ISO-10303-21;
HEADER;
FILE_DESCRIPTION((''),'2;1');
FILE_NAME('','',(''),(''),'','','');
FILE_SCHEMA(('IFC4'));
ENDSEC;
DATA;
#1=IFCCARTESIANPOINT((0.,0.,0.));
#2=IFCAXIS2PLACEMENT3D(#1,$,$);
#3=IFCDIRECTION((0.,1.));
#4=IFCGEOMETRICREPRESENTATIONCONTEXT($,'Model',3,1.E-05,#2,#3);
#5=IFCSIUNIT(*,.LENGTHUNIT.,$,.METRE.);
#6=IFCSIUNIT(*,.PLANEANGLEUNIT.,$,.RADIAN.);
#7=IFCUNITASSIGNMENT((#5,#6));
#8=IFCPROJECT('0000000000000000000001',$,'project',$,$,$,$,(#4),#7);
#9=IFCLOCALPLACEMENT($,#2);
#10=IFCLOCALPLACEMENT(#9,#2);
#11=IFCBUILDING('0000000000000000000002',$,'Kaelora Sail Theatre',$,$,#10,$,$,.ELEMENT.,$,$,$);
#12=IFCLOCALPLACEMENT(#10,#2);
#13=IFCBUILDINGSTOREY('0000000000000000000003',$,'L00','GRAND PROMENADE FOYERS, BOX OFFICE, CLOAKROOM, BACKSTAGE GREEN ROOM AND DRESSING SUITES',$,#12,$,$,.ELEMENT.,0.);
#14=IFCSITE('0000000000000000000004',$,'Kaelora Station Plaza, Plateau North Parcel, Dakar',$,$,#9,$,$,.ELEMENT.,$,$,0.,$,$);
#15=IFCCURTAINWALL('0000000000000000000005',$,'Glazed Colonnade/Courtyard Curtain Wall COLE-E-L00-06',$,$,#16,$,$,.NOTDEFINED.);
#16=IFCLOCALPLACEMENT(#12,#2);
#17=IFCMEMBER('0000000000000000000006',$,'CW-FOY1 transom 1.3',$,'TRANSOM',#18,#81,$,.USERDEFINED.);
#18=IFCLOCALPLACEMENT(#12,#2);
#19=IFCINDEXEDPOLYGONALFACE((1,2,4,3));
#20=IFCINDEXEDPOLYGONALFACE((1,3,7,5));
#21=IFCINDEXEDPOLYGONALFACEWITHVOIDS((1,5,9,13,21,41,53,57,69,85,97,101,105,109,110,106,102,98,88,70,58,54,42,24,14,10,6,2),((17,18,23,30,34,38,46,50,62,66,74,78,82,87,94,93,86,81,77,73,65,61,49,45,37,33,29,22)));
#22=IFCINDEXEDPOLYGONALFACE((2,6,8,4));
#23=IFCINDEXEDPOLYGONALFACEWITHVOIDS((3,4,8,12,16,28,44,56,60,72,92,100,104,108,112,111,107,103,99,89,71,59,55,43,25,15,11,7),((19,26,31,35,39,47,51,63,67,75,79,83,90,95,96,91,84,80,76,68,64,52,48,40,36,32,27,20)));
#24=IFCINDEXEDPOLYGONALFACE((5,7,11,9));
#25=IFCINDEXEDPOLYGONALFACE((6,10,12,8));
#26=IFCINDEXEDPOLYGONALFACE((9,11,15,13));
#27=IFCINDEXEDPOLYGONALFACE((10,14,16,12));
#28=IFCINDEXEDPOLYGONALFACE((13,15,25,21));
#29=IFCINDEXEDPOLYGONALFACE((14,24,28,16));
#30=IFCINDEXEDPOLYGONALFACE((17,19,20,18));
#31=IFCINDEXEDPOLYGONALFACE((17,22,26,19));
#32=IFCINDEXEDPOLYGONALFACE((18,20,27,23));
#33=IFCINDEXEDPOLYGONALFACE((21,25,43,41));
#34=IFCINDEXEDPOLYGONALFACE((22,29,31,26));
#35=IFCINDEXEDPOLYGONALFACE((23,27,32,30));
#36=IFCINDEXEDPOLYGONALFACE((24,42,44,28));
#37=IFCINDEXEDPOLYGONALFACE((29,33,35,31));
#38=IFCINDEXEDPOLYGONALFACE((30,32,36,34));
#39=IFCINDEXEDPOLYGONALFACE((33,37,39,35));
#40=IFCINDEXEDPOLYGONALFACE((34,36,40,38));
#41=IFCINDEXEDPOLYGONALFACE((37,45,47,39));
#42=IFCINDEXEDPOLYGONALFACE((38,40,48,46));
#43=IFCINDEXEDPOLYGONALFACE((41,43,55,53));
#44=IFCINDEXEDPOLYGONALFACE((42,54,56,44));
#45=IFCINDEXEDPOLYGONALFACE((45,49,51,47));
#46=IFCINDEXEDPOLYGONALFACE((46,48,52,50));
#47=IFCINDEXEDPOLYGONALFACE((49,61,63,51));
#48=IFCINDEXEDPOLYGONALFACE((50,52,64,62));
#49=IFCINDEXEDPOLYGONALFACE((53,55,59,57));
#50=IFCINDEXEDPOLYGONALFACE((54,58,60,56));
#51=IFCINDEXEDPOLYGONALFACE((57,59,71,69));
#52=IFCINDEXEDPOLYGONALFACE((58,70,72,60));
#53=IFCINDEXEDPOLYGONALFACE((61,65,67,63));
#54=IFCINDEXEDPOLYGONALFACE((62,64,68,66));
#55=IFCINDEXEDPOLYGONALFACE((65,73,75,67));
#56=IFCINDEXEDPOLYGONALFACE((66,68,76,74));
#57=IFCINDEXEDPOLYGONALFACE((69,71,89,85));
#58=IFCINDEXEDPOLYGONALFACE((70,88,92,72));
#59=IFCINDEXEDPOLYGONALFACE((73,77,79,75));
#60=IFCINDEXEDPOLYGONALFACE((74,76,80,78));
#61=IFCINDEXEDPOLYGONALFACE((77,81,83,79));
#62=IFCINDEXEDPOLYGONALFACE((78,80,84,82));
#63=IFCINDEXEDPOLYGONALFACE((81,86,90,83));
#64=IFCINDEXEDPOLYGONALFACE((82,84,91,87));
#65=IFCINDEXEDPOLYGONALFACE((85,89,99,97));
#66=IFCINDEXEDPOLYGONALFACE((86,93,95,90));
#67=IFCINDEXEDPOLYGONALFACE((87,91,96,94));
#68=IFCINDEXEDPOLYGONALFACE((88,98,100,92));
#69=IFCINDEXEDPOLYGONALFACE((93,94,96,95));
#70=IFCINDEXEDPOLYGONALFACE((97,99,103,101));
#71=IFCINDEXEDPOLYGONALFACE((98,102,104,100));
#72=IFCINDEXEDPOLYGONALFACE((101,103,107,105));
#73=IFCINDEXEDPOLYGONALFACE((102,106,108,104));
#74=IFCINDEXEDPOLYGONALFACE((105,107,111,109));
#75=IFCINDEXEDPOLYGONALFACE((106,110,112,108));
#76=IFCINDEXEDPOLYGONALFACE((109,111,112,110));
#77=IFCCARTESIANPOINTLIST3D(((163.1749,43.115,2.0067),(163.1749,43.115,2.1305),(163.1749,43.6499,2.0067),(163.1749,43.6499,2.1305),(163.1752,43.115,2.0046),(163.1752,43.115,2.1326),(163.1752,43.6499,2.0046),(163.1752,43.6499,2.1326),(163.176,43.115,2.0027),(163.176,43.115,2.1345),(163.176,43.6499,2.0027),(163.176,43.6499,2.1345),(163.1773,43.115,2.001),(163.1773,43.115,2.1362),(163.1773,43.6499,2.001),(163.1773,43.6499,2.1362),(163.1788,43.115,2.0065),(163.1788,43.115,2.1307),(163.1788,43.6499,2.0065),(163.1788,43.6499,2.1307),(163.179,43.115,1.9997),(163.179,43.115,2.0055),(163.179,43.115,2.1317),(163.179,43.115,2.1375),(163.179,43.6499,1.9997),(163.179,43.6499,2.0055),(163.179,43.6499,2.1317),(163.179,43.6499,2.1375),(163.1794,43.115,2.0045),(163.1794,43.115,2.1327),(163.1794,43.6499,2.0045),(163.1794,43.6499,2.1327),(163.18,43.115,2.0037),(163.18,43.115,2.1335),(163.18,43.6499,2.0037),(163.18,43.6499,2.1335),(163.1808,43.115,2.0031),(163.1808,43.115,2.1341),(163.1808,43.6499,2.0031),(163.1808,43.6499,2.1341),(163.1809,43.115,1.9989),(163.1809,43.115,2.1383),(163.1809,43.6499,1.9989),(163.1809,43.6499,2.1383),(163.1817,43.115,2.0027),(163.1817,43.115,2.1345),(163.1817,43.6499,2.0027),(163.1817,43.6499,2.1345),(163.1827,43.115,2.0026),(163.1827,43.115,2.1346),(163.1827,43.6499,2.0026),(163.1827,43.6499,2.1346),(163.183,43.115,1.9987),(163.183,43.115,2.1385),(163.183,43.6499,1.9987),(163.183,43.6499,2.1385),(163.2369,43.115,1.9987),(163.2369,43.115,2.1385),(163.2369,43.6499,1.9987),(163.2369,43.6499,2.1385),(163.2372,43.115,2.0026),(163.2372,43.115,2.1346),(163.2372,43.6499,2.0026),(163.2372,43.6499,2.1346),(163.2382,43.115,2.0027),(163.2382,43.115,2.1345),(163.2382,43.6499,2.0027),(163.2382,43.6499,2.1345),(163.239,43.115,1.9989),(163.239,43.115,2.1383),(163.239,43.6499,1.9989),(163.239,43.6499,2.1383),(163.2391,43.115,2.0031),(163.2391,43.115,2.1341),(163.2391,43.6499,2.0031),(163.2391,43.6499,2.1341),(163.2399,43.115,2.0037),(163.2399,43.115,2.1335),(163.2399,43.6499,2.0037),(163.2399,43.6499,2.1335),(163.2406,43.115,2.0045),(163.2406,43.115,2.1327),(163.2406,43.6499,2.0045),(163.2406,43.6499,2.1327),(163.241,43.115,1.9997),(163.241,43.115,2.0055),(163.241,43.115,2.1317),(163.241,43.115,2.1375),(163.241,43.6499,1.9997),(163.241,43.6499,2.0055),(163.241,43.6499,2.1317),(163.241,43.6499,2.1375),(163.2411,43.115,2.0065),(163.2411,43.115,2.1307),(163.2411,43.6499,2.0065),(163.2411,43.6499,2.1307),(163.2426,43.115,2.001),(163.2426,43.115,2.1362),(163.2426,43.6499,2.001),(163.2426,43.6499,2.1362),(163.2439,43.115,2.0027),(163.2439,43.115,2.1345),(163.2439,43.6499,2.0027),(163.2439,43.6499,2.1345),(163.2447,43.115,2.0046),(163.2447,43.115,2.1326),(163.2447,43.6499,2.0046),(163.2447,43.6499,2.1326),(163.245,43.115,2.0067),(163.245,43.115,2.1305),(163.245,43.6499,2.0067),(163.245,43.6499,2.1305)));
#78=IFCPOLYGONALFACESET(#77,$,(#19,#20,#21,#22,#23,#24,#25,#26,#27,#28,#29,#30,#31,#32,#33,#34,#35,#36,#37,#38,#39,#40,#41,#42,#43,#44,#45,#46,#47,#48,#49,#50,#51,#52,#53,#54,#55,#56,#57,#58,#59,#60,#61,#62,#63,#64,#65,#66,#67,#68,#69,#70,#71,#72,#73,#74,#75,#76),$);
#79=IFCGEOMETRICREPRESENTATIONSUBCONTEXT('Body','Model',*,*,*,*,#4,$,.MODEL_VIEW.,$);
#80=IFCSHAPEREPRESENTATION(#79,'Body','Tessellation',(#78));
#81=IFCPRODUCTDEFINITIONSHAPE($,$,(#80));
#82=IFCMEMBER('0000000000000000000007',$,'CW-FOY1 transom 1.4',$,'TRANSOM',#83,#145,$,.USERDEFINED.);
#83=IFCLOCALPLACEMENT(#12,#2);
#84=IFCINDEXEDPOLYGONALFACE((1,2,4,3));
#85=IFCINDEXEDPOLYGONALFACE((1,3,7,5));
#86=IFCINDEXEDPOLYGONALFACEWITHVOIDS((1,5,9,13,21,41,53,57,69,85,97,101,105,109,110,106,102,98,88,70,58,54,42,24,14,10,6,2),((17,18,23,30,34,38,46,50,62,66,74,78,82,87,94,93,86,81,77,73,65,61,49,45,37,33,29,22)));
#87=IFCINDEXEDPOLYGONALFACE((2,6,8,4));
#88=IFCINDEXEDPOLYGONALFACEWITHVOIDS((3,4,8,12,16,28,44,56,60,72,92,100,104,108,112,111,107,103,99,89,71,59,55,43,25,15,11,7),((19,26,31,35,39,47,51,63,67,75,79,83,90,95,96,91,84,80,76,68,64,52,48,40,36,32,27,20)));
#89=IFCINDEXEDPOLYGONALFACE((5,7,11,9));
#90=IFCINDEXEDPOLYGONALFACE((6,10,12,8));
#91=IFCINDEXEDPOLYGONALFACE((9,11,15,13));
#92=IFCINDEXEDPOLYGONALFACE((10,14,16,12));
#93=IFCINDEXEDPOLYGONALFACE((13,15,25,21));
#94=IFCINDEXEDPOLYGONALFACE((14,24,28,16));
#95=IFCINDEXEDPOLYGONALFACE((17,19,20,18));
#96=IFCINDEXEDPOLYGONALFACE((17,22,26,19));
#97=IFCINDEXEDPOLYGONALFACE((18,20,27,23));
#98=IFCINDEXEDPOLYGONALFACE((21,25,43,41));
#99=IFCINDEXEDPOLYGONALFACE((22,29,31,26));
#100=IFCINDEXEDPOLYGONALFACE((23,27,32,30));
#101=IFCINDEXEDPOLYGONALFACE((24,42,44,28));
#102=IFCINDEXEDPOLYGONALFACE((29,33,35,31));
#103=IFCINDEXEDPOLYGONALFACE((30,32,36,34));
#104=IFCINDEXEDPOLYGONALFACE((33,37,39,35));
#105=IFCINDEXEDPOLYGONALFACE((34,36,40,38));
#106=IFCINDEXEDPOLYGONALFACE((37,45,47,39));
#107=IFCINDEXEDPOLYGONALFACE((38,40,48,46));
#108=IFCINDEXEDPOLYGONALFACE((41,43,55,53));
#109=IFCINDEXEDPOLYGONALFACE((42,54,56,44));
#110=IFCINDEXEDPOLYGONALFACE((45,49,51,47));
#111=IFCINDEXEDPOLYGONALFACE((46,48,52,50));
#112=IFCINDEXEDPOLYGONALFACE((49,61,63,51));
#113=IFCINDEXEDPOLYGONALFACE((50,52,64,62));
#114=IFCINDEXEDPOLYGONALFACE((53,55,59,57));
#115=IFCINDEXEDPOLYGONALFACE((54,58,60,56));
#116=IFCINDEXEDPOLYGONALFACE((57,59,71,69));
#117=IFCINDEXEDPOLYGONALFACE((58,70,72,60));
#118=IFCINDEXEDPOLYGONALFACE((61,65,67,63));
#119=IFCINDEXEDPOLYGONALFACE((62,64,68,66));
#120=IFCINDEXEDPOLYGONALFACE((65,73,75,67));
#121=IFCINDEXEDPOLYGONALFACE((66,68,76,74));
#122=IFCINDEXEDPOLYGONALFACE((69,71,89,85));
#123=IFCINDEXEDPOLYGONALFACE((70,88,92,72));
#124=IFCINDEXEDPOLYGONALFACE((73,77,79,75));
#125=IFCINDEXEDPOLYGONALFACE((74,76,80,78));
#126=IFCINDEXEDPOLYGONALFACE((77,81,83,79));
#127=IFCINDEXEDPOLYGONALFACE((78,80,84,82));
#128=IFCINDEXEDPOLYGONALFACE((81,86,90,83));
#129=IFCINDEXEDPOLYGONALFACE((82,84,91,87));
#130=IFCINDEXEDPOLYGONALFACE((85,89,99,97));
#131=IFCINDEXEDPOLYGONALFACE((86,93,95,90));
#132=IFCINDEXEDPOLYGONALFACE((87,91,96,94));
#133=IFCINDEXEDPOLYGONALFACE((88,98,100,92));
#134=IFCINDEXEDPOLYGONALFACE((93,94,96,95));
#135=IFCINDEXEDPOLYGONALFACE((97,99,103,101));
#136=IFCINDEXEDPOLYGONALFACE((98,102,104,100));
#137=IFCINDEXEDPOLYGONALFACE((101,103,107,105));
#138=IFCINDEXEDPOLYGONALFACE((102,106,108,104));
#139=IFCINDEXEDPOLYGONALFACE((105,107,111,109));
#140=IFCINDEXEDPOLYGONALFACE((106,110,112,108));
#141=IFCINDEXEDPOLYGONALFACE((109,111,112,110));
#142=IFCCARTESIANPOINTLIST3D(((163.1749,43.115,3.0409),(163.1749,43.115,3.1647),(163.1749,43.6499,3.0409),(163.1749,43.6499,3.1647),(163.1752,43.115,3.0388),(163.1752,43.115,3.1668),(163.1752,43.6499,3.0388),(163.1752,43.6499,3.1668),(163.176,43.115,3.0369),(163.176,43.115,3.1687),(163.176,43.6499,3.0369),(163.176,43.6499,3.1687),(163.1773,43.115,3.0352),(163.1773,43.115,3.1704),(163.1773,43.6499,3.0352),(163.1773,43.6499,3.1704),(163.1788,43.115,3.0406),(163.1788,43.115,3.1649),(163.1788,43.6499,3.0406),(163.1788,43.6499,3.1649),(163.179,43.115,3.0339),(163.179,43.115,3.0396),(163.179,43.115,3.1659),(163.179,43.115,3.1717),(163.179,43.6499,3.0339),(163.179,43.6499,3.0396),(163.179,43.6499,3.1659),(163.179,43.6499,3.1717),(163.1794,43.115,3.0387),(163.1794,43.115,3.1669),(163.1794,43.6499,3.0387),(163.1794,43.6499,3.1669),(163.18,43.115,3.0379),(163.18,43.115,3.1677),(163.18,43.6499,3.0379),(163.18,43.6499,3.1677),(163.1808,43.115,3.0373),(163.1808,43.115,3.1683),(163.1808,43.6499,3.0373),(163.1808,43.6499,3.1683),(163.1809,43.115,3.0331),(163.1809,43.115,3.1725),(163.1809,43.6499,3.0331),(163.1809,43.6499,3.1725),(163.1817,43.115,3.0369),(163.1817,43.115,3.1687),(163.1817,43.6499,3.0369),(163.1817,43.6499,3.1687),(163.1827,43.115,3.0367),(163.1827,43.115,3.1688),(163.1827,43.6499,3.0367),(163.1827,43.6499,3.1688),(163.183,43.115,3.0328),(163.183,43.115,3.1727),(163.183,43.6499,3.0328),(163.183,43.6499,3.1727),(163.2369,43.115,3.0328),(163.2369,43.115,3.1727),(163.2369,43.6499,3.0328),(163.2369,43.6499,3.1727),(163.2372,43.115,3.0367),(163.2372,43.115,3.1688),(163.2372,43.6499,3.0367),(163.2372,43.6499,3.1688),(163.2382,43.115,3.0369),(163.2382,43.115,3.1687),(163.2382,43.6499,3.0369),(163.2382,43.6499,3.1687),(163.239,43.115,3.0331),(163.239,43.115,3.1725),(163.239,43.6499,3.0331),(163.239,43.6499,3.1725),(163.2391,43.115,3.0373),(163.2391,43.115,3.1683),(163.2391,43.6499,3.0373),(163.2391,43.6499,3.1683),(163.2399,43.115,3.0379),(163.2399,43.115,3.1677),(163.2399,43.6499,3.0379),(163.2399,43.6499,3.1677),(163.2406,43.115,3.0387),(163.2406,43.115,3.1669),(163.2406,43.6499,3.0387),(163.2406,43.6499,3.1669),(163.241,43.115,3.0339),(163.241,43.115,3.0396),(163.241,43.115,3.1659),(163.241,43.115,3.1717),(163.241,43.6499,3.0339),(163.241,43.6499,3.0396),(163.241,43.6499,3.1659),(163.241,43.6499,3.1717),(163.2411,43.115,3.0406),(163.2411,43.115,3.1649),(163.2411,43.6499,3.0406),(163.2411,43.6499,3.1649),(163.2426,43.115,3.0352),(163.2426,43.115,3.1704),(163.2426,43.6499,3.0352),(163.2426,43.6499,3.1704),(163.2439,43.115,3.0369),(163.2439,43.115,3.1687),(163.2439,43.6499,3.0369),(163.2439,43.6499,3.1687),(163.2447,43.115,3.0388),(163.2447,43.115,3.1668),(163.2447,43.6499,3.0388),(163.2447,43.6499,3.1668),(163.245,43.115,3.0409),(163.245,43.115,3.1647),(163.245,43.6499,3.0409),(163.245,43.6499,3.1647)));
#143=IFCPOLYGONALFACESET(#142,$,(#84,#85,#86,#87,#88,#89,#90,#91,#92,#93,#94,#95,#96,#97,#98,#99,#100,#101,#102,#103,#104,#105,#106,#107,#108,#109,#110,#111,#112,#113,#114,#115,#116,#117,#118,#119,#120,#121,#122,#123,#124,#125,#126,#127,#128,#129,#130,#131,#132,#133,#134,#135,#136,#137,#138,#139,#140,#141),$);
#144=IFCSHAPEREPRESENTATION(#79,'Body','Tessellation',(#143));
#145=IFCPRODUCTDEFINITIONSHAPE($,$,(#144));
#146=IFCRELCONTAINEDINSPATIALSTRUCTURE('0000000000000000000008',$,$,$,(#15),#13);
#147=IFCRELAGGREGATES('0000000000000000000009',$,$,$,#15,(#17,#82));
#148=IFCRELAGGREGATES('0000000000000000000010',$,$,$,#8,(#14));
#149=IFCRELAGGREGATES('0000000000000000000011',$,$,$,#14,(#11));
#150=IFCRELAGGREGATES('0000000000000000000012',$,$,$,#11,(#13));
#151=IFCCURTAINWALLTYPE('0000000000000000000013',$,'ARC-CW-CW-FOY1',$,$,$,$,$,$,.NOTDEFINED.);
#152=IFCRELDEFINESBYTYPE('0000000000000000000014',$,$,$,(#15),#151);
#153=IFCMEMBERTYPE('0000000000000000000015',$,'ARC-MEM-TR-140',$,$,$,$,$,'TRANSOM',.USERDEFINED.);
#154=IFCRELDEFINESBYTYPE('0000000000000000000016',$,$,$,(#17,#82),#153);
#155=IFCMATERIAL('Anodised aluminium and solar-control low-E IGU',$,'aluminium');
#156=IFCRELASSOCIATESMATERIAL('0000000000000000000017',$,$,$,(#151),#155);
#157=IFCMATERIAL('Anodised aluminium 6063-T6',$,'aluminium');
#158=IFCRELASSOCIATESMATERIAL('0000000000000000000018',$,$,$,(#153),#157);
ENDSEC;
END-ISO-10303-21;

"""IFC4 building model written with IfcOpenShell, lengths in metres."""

from ifc_helpers import new_model, si_unit, direction, frame, origin, origin_2d, place, context, subcontext, project, spatial, hollow_rectangle, extrude, material, material_profile, profile_set, type_object, element, aggregate, save


model = new_model("IFC4")

# Units and contexts
model_context = context("Model", 3, precision=1e-05, world=origin(), true_north=direction((0.0, 1.0)))
body_context = subcontext(model_context, "Body", "Model", "MODEL_VIEW")
ifc_project = project(units=[si_unit("LENGTHUNIT", "METRE"), si_unit("PLANEANGLEUNIT", "RADIAN")], contexts=[model_context])

# Site, building, storey
site_placement = place(None, origin())
site = spatial("IfcSite", under=ifc_project, at=site_placement, Name="Kaelora Station Plaza, Plateau North Parcel, Dakar", CompositionType="ELEMENT", RefElevation=0.0)
building_placement = place(site_placement, origin())
building = spatial("IfcBuilding", under=site, at=building_placement, Name="Kaelora Sail Theatre", CompositionType="ELEMENT")
storey_placement = place(building_placement, origin())
storey = spatial("IfcBuildingStorey", under=building, at=storey_placement, Name="L00", Description="GRAND PROMENADE FOYERS, BOX OFFICE, CLOAKROOM, BACKSTAGE GREEN ROOM AND DRESSING SUITES", CompositionType="ELEMENT", Elevation=0.0)

# Shared definitions
ifc_material_1 = material(Name="Anodised aluminium and solar-control low-E IGU", Category="aluminium")
curtain_wall_type = type_object("IfcCurtainWallType", Name="ARC-CW-CW-FOY1", PredefinedType="NOTDEFINED", material=ifc_material_1)

# Curtain wall
curtain_wall_1_placement = place(storey_placement, origin())
curtain_wall_1 = element("IfcCurtainWall", 1, at=curtain_wall_1_placement, inside=storey, type_object=curtain_wall_type, Name="Glazed Colonnade/Courtyard Curtain Wall COLE-E-L00-06", PredefinedType="NOTDEFINED")

# Members
ifc_material_2 = material(Name="Anodised aluminium 6063-T6", Category="aluminium")
ifc_material_profile_1 = material_profile(ifc_material_2, hollow_rectangle(XDim=0.0701, YDim=0.1399, WallThickness=0.0039, InnerFilletRadius=0.0039, OuterFilletRadius=0.0081, at=origin_2d()), Name="ALU-TRAN 70x140x4")
ifc_profile_set_1 = profile_set([ifc_material_profile_1], Name="Anodised aluminium 6063-T6")
member_type_1 = type_object("IfcMemberType", Name="ARC-MEM-TR-140", ElementType="TRANSOM", PredefinedType="USERDEFINED", material=ifc_profile_set_1)
member_1_placement = place(storey_placement, frame((163.21, 43.115, 2.0686), z_axis=(0.0, 1.0, 0.0), x_axis=(-1.0, 0.0, 0.0)))
member_1 = element("IfcMember", 2, at=member_1_placement, type_object=member_type_1, Name="CW-FOY1 transom 1.3", ObjectType="TRANSOM", PredefinedType="USERDEFINED", context=body_context, shape_type="SweptSolid", body=[
    extrude(hollow_rectangle(XDim=0.0701, YDim=0.1399, WallThickness=0.0039, InnerFilletRadius=0.0039, OuterFilletRadius=0.0081, at=origin_2d()), origin(), (0.0, 0.0, 1.0), 0.5349),
])
member_2_placement = place(storey_placement, frame((163.21, 43.115, 3.1028), z_axis=(0.0, 1.0, 0.0), x_axis=(-1.0, 0.0, 0.0)))
member_2 = element("IfcMember", 3, at=member_2_placement, type_object=member_type_1, Name="CW-FOY1 transom 1.4", ObjectType="TRANSOM", PredefinedType="USERDEFINED", context=body_context, shape_type="SweptSolid", body=[
    extrude(hollow_rectangle(XDim=0.0701, YDim=0.1399, WallThickness=0.0039, InnerFilletRadius=0.0039, OuterFilletRadius=0.0081, at=origin_2d()), origin(), (0.0, 0.0, 1.0), 0.5349),
])

aggregate(curtain_wall_1, [member_1, member_2])

save(model, "model.ifc")
